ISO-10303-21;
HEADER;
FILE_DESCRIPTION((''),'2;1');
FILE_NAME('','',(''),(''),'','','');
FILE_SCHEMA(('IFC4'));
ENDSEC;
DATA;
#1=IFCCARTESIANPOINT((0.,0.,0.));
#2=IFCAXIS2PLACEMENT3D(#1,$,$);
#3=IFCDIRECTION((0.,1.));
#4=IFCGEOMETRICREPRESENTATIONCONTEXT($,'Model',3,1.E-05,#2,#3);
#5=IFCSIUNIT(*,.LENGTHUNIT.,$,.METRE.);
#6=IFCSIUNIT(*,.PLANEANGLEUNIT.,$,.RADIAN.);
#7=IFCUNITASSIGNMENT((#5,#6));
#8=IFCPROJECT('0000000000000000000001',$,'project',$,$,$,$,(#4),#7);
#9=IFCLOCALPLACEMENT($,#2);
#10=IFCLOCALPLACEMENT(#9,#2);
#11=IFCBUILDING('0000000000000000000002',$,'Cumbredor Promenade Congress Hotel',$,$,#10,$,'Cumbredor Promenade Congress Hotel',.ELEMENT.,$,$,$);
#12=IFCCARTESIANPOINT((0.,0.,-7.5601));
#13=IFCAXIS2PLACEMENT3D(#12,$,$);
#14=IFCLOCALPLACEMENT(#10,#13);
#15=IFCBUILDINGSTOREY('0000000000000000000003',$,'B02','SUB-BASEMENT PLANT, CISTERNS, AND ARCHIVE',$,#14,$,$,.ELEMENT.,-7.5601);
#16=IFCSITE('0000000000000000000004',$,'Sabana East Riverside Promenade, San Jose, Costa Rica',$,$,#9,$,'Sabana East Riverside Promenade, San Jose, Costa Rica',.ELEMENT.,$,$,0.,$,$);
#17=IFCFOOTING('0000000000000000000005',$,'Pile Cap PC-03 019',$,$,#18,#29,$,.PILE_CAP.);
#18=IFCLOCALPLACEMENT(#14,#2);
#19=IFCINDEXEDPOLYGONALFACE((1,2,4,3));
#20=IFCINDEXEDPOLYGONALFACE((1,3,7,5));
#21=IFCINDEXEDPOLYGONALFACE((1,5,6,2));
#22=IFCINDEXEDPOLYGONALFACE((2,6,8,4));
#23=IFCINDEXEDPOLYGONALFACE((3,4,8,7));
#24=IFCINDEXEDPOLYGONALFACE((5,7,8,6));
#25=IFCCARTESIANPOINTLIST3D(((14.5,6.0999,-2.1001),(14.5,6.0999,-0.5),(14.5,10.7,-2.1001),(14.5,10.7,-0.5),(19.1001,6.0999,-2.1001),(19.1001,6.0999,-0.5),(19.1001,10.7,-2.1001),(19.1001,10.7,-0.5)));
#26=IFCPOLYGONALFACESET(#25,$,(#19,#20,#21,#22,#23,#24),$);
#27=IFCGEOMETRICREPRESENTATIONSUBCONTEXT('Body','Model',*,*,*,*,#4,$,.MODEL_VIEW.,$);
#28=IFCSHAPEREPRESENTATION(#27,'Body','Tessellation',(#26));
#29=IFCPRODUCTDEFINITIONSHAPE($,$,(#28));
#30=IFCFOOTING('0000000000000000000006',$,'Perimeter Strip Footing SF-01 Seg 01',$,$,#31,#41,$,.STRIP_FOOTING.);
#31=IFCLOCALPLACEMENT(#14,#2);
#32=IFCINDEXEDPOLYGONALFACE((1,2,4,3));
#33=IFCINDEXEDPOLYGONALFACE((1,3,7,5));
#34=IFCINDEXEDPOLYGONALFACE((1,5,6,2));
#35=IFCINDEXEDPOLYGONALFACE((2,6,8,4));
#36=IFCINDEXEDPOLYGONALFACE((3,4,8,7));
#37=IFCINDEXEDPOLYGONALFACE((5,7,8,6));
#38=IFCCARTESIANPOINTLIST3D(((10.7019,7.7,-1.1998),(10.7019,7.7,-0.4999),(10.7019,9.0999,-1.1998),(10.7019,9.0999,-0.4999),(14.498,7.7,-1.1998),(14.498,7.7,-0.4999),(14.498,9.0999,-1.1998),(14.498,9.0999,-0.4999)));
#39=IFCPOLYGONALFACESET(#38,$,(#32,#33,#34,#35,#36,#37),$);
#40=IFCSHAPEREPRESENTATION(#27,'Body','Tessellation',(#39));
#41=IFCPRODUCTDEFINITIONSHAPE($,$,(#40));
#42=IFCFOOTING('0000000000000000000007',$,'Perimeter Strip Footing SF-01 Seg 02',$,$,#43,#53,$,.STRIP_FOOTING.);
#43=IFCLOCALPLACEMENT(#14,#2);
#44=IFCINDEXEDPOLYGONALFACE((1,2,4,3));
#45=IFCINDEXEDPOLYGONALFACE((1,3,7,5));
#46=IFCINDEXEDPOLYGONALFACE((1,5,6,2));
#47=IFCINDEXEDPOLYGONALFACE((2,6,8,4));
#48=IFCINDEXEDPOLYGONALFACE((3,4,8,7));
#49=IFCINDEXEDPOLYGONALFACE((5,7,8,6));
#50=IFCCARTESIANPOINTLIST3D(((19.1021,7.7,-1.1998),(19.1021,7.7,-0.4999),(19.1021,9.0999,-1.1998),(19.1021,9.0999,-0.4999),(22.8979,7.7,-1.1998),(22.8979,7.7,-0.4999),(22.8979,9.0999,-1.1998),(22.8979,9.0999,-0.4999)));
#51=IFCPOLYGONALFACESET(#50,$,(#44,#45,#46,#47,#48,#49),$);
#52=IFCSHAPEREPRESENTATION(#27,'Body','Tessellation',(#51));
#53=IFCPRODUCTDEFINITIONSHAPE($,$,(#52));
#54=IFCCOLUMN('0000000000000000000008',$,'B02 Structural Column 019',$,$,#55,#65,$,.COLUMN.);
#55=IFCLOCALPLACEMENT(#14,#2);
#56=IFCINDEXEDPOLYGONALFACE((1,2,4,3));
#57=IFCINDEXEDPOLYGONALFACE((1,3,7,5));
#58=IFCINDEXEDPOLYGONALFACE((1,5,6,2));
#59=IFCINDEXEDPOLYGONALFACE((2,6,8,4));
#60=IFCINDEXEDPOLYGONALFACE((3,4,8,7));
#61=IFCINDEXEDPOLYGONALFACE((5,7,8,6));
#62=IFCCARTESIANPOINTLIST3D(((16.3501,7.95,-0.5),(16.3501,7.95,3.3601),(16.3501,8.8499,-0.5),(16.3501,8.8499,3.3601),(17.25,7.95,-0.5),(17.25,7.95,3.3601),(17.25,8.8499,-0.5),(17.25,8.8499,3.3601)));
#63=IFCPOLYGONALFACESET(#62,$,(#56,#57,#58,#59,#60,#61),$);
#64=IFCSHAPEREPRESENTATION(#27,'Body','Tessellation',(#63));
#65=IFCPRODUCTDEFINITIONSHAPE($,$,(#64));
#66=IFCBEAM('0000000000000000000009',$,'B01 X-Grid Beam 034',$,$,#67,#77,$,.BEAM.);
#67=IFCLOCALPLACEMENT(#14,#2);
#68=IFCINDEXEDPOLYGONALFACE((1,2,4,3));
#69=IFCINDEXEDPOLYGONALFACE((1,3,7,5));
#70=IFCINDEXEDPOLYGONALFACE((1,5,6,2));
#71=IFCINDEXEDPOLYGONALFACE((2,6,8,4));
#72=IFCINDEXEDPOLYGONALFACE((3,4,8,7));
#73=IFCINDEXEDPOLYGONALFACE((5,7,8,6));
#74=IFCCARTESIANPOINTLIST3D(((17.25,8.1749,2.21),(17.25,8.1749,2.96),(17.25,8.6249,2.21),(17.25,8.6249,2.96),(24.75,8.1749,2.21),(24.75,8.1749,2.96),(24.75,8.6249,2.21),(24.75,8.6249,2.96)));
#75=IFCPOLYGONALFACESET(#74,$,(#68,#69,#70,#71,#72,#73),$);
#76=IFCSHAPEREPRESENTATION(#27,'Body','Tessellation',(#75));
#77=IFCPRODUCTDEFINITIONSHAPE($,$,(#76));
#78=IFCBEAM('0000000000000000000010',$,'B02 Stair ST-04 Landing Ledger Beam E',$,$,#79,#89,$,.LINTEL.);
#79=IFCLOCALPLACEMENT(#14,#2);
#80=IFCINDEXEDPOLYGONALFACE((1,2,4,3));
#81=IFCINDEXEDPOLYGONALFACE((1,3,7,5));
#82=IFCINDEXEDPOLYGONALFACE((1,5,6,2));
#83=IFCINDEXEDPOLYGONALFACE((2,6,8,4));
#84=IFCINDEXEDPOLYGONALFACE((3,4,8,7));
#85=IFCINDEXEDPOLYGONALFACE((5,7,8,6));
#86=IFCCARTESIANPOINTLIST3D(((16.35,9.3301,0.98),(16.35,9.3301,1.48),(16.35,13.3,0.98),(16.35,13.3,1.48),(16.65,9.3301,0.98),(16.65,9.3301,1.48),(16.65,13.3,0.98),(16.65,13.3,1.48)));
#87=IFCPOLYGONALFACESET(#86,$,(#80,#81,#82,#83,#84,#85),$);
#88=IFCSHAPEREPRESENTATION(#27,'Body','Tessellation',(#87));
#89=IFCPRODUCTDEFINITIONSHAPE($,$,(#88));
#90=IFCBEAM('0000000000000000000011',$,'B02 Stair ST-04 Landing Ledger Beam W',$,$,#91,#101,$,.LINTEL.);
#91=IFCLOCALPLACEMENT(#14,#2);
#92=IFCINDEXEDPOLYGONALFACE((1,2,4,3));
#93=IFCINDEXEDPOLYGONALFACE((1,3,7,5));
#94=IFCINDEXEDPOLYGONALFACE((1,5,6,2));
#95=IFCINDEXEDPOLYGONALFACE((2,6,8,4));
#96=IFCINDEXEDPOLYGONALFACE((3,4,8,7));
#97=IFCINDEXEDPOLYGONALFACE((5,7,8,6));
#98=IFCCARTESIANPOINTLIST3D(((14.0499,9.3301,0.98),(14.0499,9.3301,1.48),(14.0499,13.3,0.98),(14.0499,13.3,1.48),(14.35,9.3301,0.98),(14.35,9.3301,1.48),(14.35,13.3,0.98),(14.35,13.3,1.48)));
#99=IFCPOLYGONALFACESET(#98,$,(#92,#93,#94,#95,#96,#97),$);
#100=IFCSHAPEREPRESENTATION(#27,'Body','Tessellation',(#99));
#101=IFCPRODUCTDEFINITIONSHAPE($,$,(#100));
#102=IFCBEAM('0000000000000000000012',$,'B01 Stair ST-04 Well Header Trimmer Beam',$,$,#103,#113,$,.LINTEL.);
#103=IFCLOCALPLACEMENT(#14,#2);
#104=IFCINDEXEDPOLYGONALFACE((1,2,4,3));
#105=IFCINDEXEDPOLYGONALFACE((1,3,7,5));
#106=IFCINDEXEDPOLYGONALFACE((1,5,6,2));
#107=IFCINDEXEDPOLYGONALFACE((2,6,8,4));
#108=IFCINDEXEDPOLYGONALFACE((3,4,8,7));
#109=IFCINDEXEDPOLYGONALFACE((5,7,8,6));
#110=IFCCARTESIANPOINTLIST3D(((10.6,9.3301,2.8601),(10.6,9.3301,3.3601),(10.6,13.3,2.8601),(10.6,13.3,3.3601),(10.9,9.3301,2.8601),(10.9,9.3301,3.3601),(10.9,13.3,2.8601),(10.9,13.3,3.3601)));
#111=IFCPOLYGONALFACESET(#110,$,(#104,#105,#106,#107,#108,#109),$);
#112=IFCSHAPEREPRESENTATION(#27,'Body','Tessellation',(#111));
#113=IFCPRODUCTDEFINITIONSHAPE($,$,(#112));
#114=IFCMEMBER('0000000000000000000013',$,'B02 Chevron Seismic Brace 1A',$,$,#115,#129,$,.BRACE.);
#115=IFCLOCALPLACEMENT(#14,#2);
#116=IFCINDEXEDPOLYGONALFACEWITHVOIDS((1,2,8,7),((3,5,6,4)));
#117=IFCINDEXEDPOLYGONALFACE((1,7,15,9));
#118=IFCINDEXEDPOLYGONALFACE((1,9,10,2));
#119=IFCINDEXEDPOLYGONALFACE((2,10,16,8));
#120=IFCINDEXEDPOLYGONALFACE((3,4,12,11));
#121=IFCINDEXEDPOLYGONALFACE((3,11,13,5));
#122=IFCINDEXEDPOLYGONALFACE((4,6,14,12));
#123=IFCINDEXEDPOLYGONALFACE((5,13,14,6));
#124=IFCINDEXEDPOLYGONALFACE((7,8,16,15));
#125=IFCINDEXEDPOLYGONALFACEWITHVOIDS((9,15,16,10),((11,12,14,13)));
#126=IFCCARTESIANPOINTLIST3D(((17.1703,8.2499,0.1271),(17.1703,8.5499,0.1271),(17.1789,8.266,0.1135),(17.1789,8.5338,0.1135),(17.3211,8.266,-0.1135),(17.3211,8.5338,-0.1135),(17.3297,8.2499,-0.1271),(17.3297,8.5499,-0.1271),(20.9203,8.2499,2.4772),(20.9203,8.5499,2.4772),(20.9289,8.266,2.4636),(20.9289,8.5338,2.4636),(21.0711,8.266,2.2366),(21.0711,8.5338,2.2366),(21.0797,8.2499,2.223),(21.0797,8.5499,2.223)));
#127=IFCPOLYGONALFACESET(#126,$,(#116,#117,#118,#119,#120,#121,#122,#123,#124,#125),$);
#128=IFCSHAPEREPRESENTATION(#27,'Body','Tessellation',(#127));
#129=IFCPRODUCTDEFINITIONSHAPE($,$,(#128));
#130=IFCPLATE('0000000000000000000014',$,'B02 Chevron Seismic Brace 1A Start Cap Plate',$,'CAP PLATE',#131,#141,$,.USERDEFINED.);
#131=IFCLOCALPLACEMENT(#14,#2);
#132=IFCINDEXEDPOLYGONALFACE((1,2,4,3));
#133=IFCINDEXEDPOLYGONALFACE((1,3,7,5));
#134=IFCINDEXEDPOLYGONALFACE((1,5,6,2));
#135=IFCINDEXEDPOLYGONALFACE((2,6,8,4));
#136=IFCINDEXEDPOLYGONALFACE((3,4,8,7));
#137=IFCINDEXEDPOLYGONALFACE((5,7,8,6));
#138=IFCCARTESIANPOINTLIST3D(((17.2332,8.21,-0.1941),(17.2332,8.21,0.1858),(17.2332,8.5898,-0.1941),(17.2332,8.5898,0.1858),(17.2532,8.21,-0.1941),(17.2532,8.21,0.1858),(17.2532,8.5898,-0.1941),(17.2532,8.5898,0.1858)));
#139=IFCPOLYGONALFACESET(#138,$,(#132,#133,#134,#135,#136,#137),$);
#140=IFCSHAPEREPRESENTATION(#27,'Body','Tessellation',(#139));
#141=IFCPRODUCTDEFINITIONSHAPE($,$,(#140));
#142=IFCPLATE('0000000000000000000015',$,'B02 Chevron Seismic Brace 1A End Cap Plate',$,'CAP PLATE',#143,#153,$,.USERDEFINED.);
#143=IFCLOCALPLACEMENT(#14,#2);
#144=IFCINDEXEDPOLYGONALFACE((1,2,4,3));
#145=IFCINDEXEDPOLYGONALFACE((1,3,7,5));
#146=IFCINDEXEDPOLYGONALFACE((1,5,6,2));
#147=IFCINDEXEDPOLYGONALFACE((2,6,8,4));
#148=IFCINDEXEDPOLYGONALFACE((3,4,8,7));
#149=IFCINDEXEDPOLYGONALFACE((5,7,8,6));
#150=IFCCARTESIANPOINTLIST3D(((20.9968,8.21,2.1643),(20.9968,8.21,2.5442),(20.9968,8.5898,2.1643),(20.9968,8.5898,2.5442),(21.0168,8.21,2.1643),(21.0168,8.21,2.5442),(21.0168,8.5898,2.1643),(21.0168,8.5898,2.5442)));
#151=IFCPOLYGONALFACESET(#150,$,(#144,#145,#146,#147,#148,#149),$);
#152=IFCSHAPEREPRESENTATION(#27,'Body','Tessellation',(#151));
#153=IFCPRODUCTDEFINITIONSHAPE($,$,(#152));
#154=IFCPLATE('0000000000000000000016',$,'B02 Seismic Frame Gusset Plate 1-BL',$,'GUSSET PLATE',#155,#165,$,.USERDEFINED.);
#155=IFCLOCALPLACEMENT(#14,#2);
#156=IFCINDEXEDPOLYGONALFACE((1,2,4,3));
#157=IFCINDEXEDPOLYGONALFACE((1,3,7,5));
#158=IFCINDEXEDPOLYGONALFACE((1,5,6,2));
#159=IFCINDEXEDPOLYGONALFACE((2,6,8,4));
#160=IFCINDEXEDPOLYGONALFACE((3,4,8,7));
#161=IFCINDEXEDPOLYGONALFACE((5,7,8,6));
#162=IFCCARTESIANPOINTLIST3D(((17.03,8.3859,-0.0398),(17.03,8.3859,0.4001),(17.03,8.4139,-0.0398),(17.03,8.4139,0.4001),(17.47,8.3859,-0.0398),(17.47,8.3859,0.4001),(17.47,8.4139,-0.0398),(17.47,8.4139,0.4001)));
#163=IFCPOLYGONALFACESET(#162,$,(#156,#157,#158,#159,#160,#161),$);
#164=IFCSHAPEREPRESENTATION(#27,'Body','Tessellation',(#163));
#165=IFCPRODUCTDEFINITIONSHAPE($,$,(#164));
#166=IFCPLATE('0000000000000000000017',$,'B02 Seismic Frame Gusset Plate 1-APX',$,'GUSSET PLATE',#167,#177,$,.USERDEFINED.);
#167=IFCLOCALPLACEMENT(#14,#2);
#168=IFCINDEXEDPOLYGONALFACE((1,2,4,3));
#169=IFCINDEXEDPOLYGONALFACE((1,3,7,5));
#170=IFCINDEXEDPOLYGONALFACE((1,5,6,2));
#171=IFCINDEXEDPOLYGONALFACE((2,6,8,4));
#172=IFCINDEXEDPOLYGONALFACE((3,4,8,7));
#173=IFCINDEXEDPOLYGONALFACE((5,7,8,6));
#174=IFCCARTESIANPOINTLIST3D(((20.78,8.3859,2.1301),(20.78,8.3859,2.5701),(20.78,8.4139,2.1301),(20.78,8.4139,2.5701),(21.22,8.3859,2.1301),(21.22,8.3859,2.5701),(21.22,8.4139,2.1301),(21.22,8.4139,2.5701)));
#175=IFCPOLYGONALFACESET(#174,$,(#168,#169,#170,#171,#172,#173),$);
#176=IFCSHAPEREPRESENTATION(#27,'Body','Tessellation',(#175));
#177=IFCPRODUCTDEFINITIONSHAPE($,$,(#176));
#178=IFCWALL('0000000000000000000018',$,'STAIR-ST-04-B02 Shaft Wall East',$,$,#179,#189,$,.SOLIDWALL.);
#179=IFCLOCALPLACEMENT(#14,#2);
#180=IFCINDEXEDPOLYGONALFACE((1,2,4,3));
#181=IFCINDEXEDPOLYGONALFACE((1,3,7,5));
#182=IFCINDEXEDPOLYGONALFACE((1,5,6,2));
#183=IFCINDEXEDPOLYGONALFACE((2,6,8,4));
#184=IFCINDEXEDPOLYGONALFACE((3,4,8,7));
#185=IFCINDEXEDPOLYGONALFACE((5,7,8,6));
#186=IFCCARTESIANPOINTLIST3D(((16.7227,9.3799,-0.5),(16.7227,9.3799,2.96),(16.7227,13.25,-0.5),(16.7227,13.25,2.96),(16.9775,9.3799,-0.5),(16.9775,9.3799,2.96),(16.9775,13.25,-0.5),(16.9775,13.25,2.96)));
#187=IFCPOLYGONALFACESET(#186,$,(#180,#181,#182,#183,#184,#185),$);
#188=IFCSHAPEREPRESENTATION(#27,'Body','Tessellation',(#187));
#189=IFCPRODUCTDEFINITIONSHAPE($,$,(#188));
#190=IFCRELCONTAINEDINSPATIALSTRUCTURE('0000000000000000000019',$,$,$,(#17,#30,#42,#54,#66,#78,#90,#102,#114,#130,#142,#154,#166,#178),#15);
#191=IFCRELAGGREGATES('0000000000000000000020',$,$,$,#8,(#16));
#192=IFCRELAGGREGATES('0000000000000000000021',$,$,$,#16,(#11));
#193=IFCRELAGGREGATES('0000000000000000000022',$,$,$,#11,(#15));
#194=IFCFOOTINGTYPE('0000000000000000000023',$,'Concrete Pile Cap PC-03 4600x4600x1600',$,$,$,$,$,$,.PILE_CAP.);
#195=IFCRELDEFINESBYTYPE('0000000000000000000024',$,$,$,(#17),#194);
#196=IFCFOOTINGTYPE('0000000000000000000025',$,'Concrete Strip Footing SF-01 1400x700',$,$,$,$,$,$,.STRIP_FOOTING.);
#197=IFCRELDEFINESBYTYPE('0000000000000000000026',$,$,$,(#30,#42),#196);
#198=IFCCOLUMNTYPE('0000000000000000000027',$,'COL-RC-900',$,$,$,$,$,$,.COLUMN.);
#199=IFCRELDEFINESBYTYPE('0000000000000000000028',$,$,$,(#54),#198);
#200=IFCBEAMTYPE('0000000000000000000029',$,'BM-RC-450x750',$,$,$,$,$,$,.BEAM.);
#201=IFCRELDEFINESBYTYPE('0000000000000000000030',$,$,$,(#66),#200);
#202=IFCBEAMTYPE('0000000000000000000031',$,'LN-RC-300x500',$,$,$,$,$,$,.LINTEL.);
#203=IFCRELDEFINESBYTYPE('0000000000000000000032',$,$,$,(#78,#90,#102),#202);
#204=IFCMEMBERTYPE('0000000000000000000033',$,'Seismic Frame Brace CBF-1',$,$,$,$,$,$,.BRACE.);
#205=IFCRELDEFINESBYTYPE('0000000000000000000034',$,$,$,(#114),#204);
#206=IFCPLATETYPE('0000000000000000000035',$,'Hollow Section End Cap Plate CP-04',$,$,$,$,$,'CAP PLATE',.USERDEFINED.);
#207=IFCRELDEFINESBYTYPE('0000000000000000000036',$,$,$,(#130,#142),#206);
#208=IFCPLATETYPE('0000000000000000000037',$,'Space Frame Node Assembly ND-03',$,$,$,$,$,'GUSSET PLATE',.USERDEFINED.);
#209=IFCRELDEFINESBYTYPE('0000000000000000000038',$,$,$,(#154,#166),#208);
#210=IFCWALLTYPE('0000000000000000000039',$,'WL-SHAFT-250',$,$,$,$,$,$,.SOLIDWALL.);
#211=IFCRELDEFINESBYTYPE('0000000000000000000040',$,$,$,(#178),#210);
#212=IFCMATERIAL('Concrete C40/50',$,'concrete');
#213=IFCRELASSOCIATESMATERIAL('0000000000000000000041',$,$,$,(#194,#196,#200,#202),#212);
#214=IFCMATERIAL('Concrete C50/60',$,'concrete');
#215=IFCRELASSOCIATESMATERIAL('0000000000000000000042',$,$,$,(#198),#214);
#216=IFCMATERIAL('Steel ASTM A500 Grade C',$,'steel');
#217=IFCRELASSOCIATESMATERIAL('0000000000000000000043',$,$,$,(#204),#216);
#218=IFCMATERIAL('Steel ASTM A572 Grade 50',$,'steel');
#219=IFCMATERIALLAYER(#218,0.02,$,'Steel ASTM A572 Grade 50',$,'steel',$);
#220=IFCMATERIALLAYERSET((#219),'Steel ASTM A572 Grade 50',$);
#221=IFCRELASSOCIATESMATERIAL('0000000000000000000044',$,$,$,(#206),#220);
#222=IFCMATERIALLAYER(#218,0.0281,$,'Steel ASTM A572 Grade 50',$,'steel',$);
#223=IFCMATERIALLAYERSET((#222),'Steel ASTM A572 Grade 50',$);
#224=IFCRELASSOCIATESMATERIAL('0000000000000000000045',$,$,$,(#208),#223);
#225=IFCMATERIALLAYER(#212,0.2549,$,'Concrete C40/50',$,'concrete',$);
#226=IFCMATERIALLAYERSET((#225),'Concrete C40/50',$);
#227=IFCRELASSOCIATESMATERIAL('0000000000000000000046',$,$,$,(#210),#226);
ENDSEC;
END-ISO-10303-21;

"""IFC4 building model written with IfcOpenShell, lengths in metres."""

from ifc_helpers import new_model, si_unit, direction, frame, frame_2d, origin, origin_2d, place, context, subcontext, project, spatial, rectangle, hollow_rectangle, extrude, material, layer, layer_set, material_profile, profile_set, type_object, element, save


model = new_model("IFC4")

# Units and contexts
model_context = context("Model", 3, precision=1e-05, world=origin(), true_north=direction((0.0, 1.0)))
body_context = subcontext(model_context, "Body", "Model", "MODEL_VIEW")
ifc_project = project(units=[si_unit("LENGTHUNIT", "METRE"), si_unit("PLANEANGLEUNIT", "RADIAN")], contexts=[model_context])

# Site, building, storey
site_placement = place(None, origin())
site = spatial("IfcSite", under=ifc_project, at=site_placement, Name="Sabana East Riverside Promenade, San Jose, Costa Rica", LongName="Sabana East Riverside Promenade, San Jose, Costa Rica", CompositionType="ELEMENT", RefElevation=0.0)
building_placement = place(site_placement, origin())
building = spatial("IfcBuilding", under=site, at=building_placement, Name="Cumbredor Promenade Congress Hotel", LongName="Cumbredor Promenade Congress Hotel", CompositionType="ELEMENT")
storey_placement = place(building_placement, frame((0.0, 0.0, -7.5601)))
storey = spatial("IfcBuildingStorey", under=building, at=storey_placement, Name="B02", Description="SUB-BASEMENT PLANT, CISTERNS, AND ARCHIVE", CompositionType="ELEMENT", Elevation=-7.5601)

# Shared definitions
ifc_material_1 = material(Name="Concrete C40/50", Category="concrete")

# Footings
footing_type_1 = type_object("IfcFootingType", Name="Concrete Pile Cap PC-03 4600x4600x1600", PredefinedType="PILE_CAP", material=ifc_material_1)
footing_1_placement = place(storey_placement, frame((16.8, 8.3999, -2.1001), z_axis=(0.0, 0.0, 1.0), x_axis=(1.0, 0.0, 0.0)))
element("IfcFooting", 1, at=footing_1_placement, inside=storey, type_object=footing_type_1, Name="Pile Cap PC-03 019", PredefinedType="PILE_CAP", context=body_context, shape_type="SweptSolid", body=[
    extrude(rectangle(XDim=4.6001, YDim=4.6001, at=origin_2d()), origin(), (0.0, 0.0, 1.0), 1.6001),
])
ifc_material_profile_1 = material_profile(ifc_material_1, rectangle(XDim=1.3999, YDim=0.7, at=origin_2d()), Name="SF 1400x700")
ifc_profile_set_1 = profile_set([ifc_material_profile_1], Name="Concrete C40/50")
footing_type_2 = type_object("IfcFootingType", Name="Concrete Strip Footing SF-01 1400x700", PredefinedType="STRIP_FOOTING", material=ifc_profile_set_1)
footing_2_placement = place(storey_placement, frame((10.7019, 8.3999, -0.8499), z_axis=(1.0, 0.0, 0.0), x_axis=(0.0, 1.0, 0.0)))
element("IfcFooting", 2, at=footing_2_placement, inside=storey, type_object=footing_type_2, Name="Perimeter Strip Footing SF-01 Seg 01", PredefinedType="STRIP_FOOTING", context=body_context, shape_type="SweptSolid", body=[
    extrude(rectangle(XDim=1.3999, YDim=0.7, at=origin_2d()), origin(), (0.0, 0.0, 1.0), 3.7961),
])
footing_3_placement = place(storey_placement, frame((19.1021, 8.3999, -0.8499), z_axis=(1.0, 0.0, 0.0), x_axis=(0.0, 1.0, 0.0)))
element("IfcFooting", 3, at=footing_3_placement, inside=storey, type_object=footing_type_2, Name="Perimeter Strip Footing SF-01 Seg 02", PredefinedType="STRIP_FOOTING", context=body_context, shape_type="SweptSolid", body=[
    extrude(rectangle(XDim=1.3999, YDim=0.7, at=origin_2d()), origin(), (0.0, 0.0, 1.0), 3.7959),
])

# Column
ifc_material_2 = material(Name="Concrete C50/60", Category="concrete")
ifc_material_profile_2 = material_profile(ifc_material_2, rectangle(XDim=0.8999, YDim=0.8999, at=origin_2d()), Name="RC 900x900")
ifc_profile_set_2 = profile_set([ifc_material_profile_2], Name="Concrete C50/60")
column_type = type_object("IfcColumnType", Name="COL-RC-900", PredefinedType="COLUMN", material=ifc_profile_set_2)
column_placement = place(storey_placement, frame((16.8, 8.3999, -0.5), z_axis=(0.0, 0.0, 1.0), x_axis=(1.0, 0.0, 0.0)))
element("IfcColumn", 4, at=column_placement, inside=storey, type_object=column_type, Name="B02 Structural Column 019", PredefinedType="COLUMN", context=body_context, shape_type="SweptSolid", body=[
    extrude(rectangle(XDim=0.8999, YDim=0.8999, at=origin_2d()), origin(), (0.0, 0.0, 1.0), 3.8601),
])

# Beams
ifc_material_profile_3 = material_profile(ifc_material_1, rectangle(XDim=0.45, YDim=0.75, at=origin_2d()), Name="RC BEAM 450x750")
ifc_profile_set_3 = profile_set([ifc_material_profile_3], Name="Concrete C40/50")
beam_type_1 = type_object("IfcBeamType", Name="BM-RC-450x750", PredefinedType="BEAM", material=ifc_profile_set_3)
beam_placement = place(storey_placement, frame((17.25, 8.3999, 2.585), z_axis=(1.0, 0.0, 0.0), x_axis=(0.0, 1.0, 0.0)))
element("IfcBeam", 5, at=beam_placement, inside=storey, type_object=beam_type_1, Name="B01 X-Grid Beam 034", PredefinedType="BEAM", context=body_context, shape_type="SweptSolid", body=[
    extrude(rectangle(XDim=0.45, YDim=0.75, at=origin_2d()), origin(), (0.0, 0.0, 1.0), 7.5),
])
ifc_material_profile_4 = material_profile(ifc_material_1, rectangle(XDim=0.3, YDim=0.5, at=origin_2d()), Name="RC LINTEL 300x500")
ifc_profile_set_4 = profile_set([ifc_material_profile_4], Name="Concrete C40/50")
beam_type_2 = type_object("IfcBeamType", Name="LN-RC-300x500", PredefinedType="LINTEL", material=ifc_profile_set_4)
for number, where, z_axis, x_axis, name in (
    (6, (16.5, 9.3301, 1.23), (0.0, 1.0, 0.0), (-1.0, 0.0, 0.0), "B02 Stair ST-04 Landing Ledger Beam E"),
    (7, (14.2, 9.3301, 1.23), (0.0, 1.0, 0.0), (-1.0, 0.0, 0.0), "B02 Stair ST-04 Landing Ledger Beam W"),
    (8, (10.75, 9.3301, 3.1101), (0.0, 1.0, 0.0), (-1.0, 0.0, 0.0), "B01 Stair ST-04 Well Header Trimmer Beam"),
):
    element("IfcBeam", number, at=place(storey_placement, frame(where, z_axis=z_axis, x_axis=x_axis)), inside=storey, type_object=beam_type_2, Name=name, PredefinedType="LINTEL", context=body_context, shape_type="SweptSolid", body=[
        extrude(rectangle(XDim=0.3, YDim=0.5, at=origin_2d()), origin(), (0.0, 0.0, 1.0), 3.97),
    ])

# Member
ifc_material_3 = material(Name="Steel ASTM A500 Grade C", Category="steel")
ifc_material_profile_5 = material_profile(ifc_material_3, hollow_rectangle(XDim=0.3, YDim=0.3, WallThickness=0.0161, at=origin_2d()), Name="HSS 300x300x16")
ifc_profile_set_5 = profile_set([ifc_material_profile_5], Name="Steel ASTM A500 Grade C")
member_type = type_object("IfcMemberType", Name="Seismic Frame Brace CBF-1", PredefinedType="BRACE", material=ifc_profile_set_5)
member_placement = place(storey_placement, frame((17.25, 8.3999, 0.0), z_axis=(0.847353, 0.0, 0.53103), x_axis=(0.0, 1.0, 0.0)))
element("IfcMember", 9, at=member_placement, inside=storey, type_object=member_type, Name="B02 Chevron Seismic Brace 1A", PredefinedType="BRACE", context=body_context, shape_type="SweptSolid", body=[
    extrude(hollow_rectangle(XDim=0.3, YDim=0.3, WallThickness=0.0161, at=origin_2d()), origin(), (0.0, 0.0, 1.0), 4.4255),
])

# Plates
ifc_material_4 = material(Name="Steel ASTM A572 Grade 50", Category="steel")
ifc_layer_1 = layer(ifc_material_4, 0.02, Name="Steel ASTM A572 Grade 50", Category="steel")
ifc_layer_set_1 = layer_set([ifc_layer_1], Name="Steel ASTM A572 Grade 50")
plate_type_1 = type_object("IfcPlateType", Name="Hollow Section End Cap Plate CP-04", ElementType="CAP PLATE", PredefinedType="USERDEFINED", material=ifc_layer_set_1)
for number, where, z_axis, x_axis, name in (
    (10, (17.2432, 8.3999, -0.1941), (0.0, 0.0, 1.0), (1.0, 0.0, 0.0), "B02 Chevron Seismic Brace 1A Start Cap Plate"),
    (11, (21.0068, 8.3999, 2.1643), (0.0, 0.0, 1.0), (1.0, 0.0, 0.0), "B02 Chevron Seismic Brace 1A End Cap Plate"),
):
    element("IfcPlate", number, at=place(storey_placement, frame(where, z_axis=z_axis, x_axis=x_axis)), inside=storey, type_object=plate_type_1, Name=name, ObjectType="CAP PLATE", PredefinedType="USERDEFINED", context=body_context, shape_type="SweptSolid", body=[
        extrude(rectangle(XDim=0.02, YDim=0.3799, at=origin_2d()), origin(), (0.0, 0.0, 1.0), 0.3799),
    ])
ifc_layer_2 = layer(ifc_material_4, 0.0281, Name="Steel ASTM A572 Grade 50", Category="steel")
ifc_layer_set_2 = layer_set([ifc_layer_2], Name="Steel ASTM A572 Grade 50")
plate_type_2 = type_object("IfcPlateType", Name="Space Frame Node Assembly ND-03", ElementType="GUSSET PLATE", PredefinedType="USERDEFINED", material=ifc_layer_set_2)
for number, where, z_axis, x_axis, name in (
    (12, (17.25, 8.3999, -0.0398), (0.0, 0.0, 1.0), (1.0, 0.0, 0.0), "B02 Seismic Frame Gusset Plate 1-BL"),
    (13, (21.0, 8.3999, 2.1301), (0.0, 0.0, 1.0), (1.0, 0.0, 0.0), "B02 Seismic Frame Gusset Plate 1-APX"),
):
    element("IfcPlate", number, at=place(storey_placement, frame(where, z_axis=z_axis, x_axis=x_axis)), inside=storey, type_object=plate_type_2, Name=name, ObjectType="GUSSET PLATE", PredefinedType="USERDEFINED", context=body_context, shape_type="SweptSolid", body=[
        extrude(rectangle(XDim=0.4399, YDim=0.0281, at=origin_2d()), origin(), (0.0, 0.0, 1.0), 0.4399),
    ])

# Wall
ifc_layer_3 = layer(ifc_material_1, 0.2549, Name="Concrete C40/50", Category="concrete")
ifc_layer_set_3 = layer_set([ifc_layer_3], Name="Concrete C40/50")
wall_type = type_object("IfcWallType", Name="WL-SHAFT-250", PredefinedType="SOLIDWALL", material=ifc_layer_set_3)
wall_1_placement = place(storey_placement, frame((16.8501, 9.3799, -0.5), z_axis=(0.0, 0.0, 1.0), x_axis=(0.0, 1.0, 0.0)))
element("IfcWall", 14, at=wall_1_placement, inside=storey, type_object=wall_type, Name="STAIR-ST-04-B02 Shaft Wall East", PredefinedType="SOLIDWALL", context=body_context, shape_type="SweptSolid", body=[
    extrude(rectangle(XDim=3.8701, YDim=0.2549, at=frame_2d((1.9351, 0.0))), origin(), (0.0, 0.0, 1.0), 3.46),
])

save(model, "model.ifc")
